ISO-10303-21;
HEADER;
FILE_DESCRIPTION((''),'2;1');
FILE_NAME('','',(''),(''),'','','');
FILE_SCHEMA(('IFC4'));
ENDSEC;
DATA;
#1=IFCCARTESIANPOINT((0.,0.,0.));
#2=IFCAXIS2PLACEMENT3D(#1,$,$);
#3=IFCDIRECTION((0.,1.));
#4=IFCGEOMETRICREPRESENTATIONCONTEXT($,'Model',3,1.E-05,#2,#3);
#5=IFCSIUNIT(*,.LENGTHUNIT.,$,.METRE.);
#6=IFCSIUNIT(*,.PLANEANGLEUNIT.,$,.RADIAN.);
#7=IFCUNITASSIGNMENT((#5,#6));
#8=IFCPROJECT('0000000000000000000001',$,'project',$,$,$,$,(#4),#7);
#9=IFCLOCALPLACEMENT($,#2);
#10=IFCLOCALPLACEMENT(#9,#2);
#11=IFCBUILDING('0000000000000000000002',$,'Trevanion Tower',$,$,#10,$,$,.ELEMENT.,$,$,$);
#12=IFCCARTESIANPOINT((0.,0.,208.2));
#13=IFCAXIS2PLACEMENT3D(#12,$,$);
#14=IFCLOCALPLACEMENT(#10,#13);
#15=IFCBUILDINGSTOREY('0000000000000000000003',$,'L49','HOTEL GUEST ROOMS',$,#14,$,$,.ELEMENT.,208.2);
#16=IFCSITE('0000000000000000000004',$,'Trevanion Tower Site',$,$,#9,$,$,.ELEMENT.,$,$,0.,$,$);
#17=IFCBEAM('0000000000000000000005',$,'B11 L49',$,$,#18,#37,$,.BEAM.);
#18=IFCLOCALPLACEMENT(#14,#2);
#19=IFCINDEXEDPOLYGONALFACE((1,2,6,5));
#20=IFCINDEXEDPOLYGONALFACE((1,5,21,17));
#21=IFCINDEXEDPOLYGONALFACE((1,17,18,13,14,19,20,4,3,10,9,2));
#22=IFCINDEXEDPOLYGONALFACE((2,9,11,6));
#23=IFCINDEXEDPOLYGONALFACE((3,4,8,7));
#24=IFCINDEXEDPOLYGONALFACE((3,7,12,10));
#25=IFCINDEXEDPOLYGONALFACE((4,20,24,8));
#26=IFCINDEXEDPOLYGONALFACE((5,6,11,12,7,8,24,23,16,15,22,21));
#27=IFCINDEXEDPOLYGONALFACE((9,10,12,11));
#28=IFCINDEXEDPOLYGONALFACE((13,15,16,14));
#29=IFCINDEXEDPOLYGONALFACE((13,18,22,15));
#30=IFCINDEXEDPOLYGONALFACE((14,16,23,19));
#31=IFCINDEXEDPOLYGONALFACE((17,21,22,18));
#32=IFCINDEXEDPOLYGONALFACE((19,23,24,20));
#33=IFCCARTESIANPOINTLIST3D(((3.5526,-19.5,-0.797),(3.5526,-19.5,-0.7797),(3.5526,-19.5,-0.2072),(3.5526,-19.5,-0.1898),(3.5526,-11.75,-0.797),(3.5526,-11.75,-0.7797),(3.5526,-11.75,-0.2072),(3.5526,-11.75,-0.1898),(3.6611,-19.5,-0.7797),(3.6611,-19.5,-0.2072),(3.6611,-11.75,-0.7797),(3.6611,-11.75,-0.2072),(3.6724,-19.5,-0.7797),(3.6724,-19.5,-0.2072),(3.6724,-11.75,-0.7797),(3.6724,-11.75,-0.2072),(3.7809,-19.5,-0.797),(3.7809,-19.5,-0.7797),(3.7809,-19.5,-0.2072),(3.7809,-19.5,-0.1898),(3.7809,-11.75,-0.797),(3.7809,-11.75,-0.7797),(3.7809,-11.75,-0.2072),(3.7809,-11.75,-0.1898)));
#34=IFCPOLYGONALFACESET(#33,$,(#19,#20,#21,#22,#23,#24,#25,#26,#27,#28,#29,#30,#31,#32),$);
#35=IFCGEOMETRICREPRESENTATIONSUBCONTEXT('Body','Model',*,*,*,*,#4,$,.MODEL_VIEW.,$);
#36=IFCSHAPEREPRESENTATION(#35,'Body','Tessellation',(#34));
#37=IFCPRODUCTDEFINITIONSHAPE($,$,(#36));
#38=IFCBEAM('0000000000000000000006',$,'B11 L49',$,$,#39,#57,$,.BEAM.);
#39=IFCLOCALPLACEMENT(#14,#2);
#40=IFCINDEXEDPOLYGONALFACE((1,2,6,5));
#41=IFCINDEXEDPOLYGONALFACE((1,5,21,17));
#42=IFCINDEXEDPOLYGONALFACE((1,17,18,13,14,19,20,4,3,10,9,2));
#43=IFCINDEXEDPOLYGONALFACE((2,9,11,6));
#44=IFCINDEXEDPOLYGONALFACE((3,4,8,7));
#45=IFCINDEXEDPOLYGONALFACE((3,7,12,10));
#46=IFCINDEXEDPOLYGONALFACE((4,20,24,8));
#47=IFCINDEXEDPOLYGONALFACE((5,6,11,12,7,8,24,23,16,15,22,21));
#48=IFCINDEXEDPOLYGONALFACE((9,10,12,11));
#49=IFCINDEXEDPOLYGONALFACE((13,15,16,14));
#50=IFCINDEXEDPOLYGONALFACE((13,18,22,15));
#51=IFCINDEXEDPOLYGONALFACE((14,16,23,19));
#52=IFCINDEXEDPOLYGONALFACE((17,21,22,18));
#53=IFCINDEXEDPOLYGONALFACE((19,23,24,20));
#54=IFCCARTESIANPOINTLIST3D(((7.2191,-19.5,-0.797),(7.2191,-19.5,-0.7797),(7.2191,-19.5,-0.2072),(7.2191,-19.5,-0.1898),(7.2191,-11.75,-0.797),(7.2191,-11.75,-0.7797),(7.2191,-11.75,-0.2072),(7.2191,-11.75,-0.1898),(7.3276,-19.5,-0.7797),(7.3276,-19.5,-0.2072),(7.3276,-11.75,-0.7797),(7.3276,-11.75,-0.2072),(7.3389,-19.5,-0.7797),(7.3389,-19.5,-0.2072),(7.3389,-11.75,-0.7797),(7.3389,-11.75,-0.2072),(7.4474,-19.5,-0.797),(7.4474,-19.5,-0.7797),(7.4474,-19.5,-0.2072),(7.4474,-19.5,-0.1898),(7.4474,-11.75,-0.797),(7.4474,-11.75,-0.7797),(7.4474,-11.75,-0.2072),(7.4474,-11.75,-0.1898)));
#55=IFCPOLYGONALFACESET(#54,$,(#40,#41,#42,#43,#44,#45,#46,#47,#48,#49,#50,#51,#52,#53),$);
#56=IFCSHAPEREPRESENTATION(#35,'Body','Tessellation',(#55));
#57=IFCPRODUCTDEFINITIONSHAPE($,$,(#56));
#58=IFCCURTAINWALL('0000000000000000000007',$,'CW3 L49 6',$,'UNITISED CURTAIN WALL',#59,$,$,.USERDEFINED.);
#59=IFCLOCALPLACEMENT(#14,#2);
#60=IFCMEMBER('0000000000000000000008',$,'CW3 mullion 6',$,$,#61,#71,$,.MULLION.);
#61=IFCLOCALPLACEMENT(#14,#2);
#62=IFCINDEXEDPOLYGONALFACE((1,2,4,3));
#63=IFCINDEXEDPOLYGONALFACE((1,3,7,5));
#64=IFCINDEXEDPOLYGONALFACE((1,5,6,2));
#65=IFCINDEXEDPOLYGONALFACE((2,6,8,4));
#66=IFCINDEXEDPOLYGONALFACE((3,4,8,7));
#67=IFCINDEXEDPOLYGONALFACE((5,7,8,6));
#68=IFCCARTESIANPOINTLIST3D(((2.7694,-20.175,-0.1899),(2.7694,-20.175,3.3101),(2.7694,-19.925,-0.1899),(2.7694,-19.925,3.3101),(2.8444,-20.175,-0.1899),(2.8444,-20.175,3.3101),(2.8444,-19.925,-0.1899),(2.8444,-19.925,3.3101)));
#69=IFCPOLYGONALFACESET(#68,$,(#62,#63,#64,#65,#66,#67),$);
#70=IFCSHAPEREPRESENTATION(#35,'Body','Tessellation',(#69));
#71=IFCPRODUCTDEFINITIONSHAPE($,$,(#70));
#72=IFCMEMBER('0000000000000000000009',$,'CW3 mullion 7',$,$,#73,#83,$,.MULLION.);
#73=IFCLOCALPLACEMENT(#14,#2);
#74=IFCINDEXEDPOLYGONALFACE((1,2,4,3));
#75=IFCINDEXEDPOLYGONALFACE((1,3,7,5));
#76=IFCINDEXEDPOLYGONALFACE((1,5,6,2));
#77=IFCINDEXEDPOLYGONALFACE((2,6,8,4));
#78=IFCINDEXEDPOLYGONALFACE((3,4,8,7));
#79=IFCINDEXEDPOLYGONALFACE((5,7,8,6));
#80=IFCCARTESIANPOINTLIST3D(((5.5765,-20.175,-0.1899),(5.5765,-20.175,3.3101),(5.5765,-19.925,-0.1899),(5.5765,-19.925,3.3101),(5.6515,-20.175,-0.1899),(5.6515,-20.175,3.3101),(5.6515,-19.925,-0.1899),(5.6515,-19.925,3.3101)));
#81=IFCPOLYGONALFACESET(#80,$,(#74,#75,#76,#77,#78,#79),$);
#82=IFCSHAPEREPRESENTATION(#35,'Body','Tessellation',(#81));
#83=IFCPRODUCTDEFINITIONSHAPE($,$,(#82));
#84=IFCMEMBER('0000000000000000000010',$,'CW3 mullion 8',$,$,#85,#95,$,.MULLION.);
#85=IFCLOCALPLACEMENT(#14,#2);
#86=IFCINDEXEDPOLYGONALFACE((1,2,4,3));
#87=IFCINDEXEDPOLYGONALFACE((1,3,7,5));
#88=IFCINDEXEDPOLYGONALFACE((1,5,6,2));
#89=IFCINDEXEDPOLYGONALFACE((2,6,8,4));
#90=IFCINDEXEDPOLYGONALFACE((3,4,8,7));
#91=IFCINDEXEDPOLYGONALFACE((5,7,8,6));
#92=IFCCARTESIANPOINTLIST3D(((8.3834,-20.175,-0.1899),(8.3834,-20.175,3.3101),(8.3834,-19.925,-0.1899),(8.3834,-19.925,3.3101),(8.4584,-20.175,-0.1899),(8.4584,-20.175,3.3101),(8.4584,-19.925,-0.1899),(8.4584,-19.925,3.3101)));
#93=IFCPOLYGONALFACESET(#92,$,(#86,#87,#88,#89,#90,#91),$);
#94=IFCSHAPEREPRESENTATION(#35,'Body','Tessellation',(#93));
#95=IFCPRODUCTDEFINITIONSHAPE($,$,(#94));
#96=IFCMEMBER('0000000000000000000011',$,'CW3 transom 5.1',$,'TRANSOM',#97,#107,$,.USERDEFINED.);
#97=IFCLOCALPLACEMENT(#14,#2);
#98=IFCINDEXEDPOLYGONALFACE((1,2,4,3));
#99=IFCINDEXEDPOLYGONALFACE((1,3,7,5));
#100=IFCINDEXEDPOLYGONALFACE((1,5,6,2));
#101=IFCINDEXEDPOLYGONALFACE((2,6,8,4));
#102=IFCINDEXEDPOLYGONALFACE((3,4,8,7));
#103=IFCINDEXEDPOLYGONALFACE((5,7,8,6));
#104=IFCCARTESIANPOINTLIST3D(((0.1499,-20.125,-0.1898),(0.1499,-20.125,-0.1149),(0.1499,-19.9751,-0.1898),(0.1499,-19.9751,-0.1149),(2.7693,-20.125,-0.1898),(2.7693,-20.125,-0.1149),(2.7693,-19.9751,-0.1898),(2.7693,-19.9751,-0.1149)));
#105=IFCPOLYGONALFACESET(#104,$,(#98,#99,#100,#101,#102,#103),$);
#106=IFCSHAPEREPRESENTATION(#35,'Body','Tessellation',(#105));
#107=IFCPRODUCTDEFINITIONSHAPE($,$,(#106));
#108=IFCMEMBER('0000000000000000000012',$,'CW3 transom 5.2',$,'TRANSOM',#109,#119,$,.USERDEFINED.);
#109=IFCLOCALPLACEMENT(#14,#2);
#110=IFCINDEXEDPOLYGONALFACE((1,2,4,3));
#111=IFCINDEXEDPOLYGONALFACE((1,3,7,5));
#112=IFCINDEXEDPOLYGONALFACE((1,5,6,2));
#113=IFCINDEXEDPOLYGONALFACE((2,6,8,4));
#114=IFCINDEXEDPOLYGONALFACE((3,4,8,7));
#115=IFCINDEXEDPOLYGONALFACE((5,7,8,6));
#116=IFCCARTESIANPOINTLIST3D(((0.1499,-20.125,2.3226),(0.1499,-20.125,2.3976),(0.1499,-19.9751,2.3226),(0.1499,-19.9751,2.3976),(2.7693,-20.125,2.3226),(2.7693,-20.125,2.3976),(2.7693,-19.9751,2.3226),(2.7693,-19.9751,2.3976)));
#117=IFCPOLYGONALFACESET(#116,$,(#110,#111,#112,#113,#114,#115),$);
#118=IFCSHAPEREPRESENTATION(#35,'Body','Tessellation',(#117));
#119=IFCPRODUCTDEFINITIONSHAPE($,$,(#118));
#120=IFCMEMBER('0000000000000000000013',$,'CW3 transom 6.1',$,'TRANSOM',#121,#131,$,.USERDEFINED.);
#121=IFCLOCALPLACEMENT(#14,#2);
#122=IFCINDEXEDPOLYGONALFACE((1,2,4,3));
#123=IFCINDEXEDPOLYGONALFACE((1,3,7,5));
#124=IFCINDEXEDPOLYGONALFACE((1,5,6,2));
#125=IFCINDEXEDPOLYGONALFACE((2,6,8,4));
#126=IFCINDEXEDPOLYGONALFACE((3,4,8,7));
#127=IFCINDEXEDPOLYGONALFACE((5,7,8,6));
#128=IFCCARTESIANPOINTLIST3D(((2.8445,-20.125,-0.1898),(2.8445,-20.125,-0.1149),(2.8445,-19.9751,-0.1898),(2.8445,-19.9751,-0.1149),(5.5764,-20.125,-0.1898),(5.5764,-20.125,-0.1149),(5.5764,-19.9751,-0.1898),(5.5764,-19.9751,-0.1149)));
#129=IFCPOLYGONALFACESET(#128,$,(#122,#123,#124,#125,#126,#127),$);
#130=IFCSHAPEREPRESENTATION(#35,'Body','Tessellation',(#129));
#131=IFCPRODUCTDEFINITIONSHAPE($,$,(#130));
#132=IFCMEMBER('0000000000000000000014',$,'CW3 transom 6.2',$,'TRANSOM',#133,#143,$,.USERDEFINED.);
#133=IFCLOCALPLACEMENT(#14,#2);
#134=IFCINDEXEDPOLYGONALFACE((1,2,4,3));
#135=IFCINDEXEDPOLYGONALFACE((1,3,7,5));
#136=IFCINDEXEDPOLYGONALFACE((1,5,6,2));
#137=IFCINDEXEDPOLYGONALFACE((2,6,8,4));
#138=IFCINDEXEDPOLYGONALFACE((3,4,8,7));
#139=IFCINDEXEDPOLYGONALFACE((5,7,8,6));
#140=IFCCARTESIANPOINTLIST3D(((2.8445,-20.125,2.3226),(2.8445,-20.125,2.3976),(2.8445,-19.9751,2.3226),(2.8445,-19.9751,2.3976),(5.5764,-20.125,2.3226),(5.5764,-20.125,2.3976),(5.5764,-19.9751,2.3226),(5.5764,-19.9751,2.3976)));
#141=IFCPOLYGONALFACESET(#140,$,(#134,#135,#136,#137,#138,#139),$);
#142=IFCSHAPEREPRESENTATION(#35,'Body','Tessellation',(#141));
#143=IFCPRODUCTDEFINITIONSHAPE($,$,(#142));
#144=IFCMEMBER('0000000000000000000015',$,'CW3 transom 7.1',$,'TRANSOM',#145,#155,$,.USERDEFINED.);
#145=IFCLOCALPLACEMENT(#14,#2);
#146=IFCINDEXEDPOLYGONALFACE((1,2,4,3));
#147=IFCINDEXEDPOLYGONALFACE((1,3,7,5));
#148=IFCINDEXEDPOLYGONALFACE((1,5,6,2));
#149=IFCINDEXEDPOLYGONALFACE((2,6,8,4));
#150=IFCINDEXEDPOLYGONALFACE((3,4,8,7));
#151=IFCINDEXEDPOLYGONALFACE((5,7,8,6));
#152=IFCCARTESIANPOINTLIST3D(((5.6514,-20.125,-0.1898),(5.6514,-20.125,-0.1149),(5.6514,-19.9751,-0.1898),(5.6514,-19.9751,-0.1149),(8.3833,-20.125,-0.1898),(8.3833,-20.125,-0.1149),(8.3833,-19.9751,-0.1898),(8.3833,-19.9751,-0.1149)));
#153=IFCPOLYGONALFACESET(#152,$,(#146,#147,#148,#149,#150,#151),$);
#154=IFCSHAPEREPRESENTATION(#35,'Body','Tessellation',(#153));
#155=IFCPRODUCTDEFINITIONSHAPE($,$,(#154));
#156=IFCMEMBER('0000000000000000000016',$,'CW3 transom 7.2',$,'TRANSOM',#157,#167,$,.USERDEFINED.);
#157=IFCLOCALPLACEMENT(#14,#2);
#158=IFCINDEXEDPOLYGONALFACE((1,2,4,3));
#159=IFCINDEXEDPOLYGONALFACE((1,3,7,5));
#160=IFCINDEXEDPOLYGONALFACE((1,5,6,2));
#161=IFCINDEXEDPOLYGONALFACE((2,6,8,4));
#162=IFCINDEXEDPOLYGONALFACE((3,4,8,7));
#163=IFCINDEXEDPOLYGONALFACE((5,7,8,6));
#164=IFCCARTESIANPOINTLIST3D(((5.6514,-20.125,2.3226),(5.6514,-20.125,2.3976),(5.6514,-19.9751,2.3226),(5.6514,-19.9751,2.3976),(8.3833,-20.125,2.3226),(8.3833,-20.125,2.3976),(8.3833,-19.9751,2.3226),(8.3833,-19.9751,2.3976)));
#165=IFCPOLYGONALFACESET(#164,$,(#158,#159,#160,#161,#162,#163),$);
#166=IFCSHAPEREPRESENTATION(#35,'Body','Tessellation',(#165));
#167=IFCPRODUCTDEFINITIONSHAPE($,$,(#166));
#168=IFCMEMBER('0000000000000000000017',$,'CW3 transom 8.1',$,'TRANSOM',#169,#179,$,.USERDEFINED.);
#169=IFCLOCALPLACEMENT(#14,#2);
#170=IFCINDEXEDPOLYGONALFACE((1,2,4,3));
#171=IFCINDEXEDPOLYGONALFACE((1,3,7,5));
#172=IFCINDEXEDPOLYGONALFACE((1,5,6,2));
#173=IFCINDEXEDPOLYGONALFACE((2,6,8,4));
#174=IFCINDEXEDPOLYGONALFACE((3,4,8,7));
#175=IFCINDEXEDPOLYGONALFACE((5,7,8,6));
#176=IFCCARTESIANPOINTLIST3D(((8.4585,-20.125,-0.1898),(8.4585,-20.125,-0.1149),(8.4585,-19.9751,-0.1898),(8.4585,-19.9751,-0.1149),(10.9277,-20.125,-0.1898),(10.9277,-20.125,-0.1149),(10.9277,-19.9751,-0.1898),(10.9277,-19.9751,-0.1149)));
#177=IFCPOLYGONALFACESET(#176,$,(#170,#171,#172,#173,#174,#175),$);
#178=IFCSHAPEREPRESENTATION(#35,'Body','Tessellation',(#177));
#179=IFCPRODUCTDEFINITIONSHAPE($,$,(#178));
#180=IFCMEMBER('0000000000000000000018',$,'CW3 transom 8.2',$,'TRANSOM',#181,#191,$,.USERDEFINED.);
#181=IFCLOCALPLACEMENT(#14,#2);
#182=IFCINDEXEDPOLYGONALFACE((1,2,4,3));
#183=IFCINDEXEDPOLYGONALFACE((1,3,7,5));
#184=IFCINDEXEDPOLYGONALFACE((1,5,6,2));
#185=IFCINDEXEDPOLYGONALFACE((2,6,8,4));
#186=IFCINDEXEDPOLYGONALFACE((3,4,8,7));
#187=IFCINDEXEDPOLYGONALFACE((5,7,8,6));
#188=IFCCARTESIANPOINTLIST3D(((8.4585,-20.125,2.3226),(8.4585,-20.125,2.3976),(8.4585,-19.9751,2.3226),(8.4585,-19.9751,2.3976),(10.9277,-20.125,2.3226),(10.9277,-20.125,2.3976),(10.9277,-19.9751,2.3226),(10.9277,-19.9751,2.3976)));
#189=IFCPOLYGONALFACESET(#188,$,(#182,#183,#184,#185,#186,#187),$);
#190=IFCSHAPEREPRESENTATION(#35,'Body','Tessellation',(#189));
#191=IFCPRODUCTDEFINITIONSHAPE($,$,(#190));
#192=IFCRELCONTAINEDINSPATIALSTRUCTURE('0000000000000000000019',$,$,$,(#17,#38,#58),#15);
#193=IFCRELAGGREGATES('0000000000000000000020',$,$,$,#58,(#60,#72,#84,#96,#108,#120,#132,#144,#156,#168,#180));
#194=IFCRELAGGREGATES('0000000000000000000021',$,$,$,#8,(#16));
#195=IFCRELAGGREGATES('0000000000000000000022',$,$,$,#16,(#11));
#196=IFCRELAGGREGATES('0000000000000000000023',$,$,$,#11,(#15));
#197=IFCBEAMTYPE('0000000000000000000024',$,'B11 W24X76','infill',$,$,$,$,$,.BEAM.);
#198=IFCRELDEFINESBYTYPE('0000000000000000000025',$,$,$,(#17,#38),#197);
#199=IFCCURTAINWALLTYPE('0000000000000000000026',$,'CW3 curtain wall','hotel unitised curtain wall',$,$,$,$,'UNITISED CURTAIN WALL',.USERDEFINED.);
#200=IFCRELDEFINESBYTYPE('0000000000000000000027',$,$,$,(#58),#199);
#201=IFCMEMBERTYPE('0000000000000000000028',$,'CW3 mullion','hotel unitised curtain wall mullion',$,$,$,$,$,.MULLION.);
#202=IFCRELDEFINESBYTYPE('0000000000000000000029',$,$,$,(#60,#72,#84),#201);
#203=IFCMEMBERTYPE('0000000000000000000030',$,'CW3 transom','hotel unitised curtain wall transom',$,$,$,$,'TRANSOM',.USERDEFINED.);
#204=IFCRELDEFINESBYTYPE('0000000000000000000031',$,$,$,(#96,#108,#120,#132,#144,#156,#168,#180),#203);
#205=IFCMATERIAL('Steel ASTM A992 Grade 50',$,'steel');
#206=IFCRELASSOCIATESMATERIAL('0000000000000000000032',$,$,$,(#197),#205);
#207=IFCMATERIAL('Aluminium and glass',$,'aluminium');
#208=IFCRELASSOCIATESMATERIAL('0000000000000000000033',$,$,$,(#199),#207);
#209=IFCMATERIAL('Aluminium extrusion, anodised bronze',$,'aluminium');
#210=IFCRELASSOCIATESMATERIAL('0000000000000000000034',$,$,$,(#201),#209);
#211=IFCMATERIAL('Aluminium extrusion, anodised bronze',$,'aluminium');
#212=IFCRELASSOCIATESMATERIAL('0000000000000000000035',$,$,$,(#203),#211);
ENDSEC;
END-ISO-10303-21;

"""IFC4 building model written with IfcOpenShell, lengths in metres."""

from ifc_helpers import new_model, si_unit, direction, frame, origin, origin_2d, place, context, subcontext, project, spatial, rectangle, i_section, extrude, material, material_profile, profile_set, type_object, element, aggregate, save


model = new_model("IFC4")

# Units and contexts
model_context = context("Model", 3, precision=1e-05, world=origin(), true_north=direction((0.0, 1.0)))
body_context = subcontext(model_context, "Body", "Model", "MODEL_VIEW")
ifc_project = project(units=[si_unit("LENGTHUNIT", "METRE"), si_unit("PLANEANGLEUNIT", "RADIAN")], contexts=[model_context])

# Site, building, storey
site_placement = place(None, origin())
site = spatial("IfcSite", under=ifc_project, at=site_placement, Name="Trevanion Tower Site", CompositionType="ELEMENT", RefElevation=0.0)
building_placement = place(site_placement, origin())
building = spatial("IfcBuilding", under=site, at=building_placement, Name="Trevanion Tower", CompositionType="ELEMENT")
storey_placement = place(building_placement, frame((0.0, 0.0, 208.2)))
storey = spatial("IfcBuildingStorey", under=building, at=storey_placement, Name="L49", Description="HOTEL GUEST ROOMS", CompositionType="ELEMENT", Elevation=208.2)

# Beams
ifc_material_1 = material(Name="Steel ASTM A992 Grade 50", Category="steel")
ifc_material_profile_1 = material_profile(ifc_material_1, i_section(OverallWidth=0.2283, OverallDepth=0.6072, WebThickness=0.0112, FlangeThickness=0.0173, at=origin_2d()), Name="W24X76")
ifc_profile_set_1 = profile_set([ifc_material_profile_1], Name="Steel ASTM A992 Grade 50")
beam_type_1 = type_object("IfcBeamType", Name="B11 W24X76", Description="infill", PredefinedType="BEAM", material=ifc_profile_set_1)
for number, where, z_axis, x_axis, name in (
    (1, (3.6667, -11.75, -0.4934), (0.0, -1.0, 0.0), (1.0, 0.0, 0.0), "B11 L49"),
    (2, (7.3333, -11.75, -0.4934), (0.0, -1.0, 0.0), (1.0, 0.0, 0.0), "B11 L49"),
):
    element("IfcBeam", number, at=place(storey_placement, frame(where, z_axis=z_axis, x_axis=x_axis)), inside=storey, type_object=beam_type_1, Name=name, PredefinedType="BEAM", context=body_context, shape_type="SweptSolid", body=[
        extrude(i_section(OverallWidth=0.2283, OverallDepth=0.6072, WebThickness=0.0112, FlangeThickness=0.0173, at=origin_2d()), origin(), (0.0, 0.0, 1.0), 7.75),
    ])

# Curtain wall, members
ifc_material_2 = material(Name="Aluminium and glass", Category="aluminium")
curtain_wall_type = type_object("IfcCurtainWallType", Name="CW3 curtain wall", Description="hotel unitised curtain wall", ElementType="UNITISED CURTAIN WALL", PredefinedType="USERDEFINED", material=ifc_material_2)
curtain_wall_placement = place(storey_placement, origin())
curtain_wall = element("IfcCurtainWall", 3, at=curtain_wall_placement, inside=storey, type_object=curtain_wall_type, Name="CW3 L49 6", ObjectType="UNITISED CURTAIN WALL", PredefinedType="USERDEFINED")
ifc_material_3 = material(Name="Aluminium extrusion, anodised bronze", Category="aluminium")
ifc_material_profile_2 = material_profile(ifc_material_3, rectangle(XDim=0.075, YDim=0.25, at=origin_2d()), Name="CW3 mullion")
ifc_profile_set_2 = profile_set([ifc_material_profile_2], Name="Aluminium extrusion, anodised bronze")
member_type_1 = type_object("IfcMemberType", Name="CW3 mullion", Description="hotel unitised curtain wall mullion", PredefinedType="MULLION", material=ifc_profile_set_2)
member_1_placement = place(storey_placement, frame((2.8069, -20.05, -0.1899), z_axis=(0.0, 0.0, 1.0), x_axis=(1.0, 0.0, 0.0)))
member_1 = element("IfcMember", 4, at=member_1_placement, type_object=member_type_1, Name="CW3 mullion 6", PredefinedType="MULLION", context=body_context, shape_type="SweptSolid", body=[
    extrude(rectangle(XDim=0.075, YDim=0.25, at=origin_2d()), origin(), (0.0, 0.0, 1.0), 3.5),
])
member_2_placement = place(storey_placement, frame((5.614, -20.05, -0.1899), z_axis=(0.0, 0.0, 1.0), x_axis=(1.0, 0.0, 0.0)))
member_2 = element("IfcMember", 5, at=member_2_placement, type_object=member_type_1, Name="CW3 mullion 7", PredefinedType="MULLION", context=body_context, shape_type="SweptSolid", body=[
    extrude(rectangle(XDim=0.075, YDim=0.25, at=origin_2d()), origin(), (0.0, 0.0, 1.0), 3.5),
])
member_3_placement = place(storey_placement, frame((8.4209, -20.05, -0.1899), z_axis=(0.0, 0.0, 1.0), x_axis=(1.0, 0.0, 0.0)))
member_3 = element("IfcMember", 6, at=member_3_placement, type_object=member_type_1, Name="CW3 mullion 8", PredefinedType="MULLION", context=body_context, shape_type="SweptSolid", body=[
    extrude(rectangle(XDim=0.075, YDim=0.25, at=origin_2d()), origin(), (0.0, 0.0, 1.0), 3.5),
])
ifc_material_4 = material(Name="Aluminium extrusion, anodised bronze", Category="aluminium")
ifc_material_profile_3 = material_profile(ifc_material_4, rectangle(XDim=0.1499, YDim=0.075, at=origin_2d()), Name="CW3 transom")
ifc_profile_set_3 = profile_set([ifc_material_profile_3], Name="Aluminium extrusion, anodised bronze")
member_type_2 = type_object("IfcMemberType", Name="CW3 transom", Description="hotel unitised curtain wall transom", ElementType="TRANSOM", PredefinedType="USERDEFINED", material=ifc_profile_set_3)
member_4_placement = place(storey_placement, frame((0.1499, -20.05, -0.1523), z_axis=(1.0, 0.0, 0.0), x_axis=(0.0, 1.0, 0.0)))
member_4 = element("IfcMember", 7, at=member_4_placement, type_object=member_type_2, Name="CW3 transom 5.1", ObjectType="TRANSOM", PredefinedType="USERDEFINED", context=body_context, shape_type="SweptSolid", body=[
    extrude(rectangle(XDim=0.1499, YDim=0.075, at=origin_2d()), origin(), (0.0, 0.0, 1.0), 2.6194),
])
member_5_placement = place(storey_placement, frame((0.1499, -20.05, 2.3601), z_axis=(1.0, 0.0, 0.0), x_axis=(0.0, 1.0, 0.0)))
member_5 = element("IfcMember", 8, at=member_5_placement, type_object=member_type_2, Name="CW3 transom 5.2", ObjectType="TRANSOM", PredefinedType="USERDEFINED", context=body_context, shape_type="SweptSolid", body=[
    extrude(rectangle(XDim=0.1499, YDim=0.075, at=origin_2d()), origin(), (0.0, 0.0, 1.0), 2.6194),
])
member_6_placement = place(storey_placement, frame((2.8445, -20.05, -0.1523), z_axis=(1.0, 0.0, 0.0), x_axis=(0.0, 1.0, 0.0)))
member_6 = element("IfcMember", 9, at=member_6_placement, type_object=member_type_2, Name="CW3 transom 6.1", ObjectType="TRANSOM", PredefinedType="USERDEFINED", context=body_context, shape_type="SweptSolid", body=[
    extrude(rectangle(XDim=0.1499, YDim=0.075, at=origin_2d()), origin(), (0.0, 0.0, 1.0), 2.7319),
])
member_7_placement = place(storey_placement, frame((2.8445, -20.05, 2.3601), z_axis=(1.0, 0.0, 0.0), x_axis=(0.0, 1.0, 0.0)))
member_7 = element("IfcMember", 10, at=member_7_placement, type_object=member_type_2, Name="CW3 transom 6.2", ObjectType="TRANSOM", PredefinedType="USERDEFINED", context=body_context, shape_type="SweptSolid", body=[
    extrude(rectangle(XDim=0.1499, YDim=0.075, at=origin_2d()), origin(), (0.0, 0.0, 1.0), 2.7319),
])
member_8_placement = place(storey_placement, frame((5.6514, -20.05, -0.1523), z_axis=(1.0, 0.0, 0.0), x_axis=(0.0, 1.0, 0.0)))
member_8 = element("IfcMember", 11, at=member_8_placement, type_object=member_type_2, Name="CW3 transom 7.1", ObjectType="TRANSOM", PredefinedType="USERDEFINED", context=body_context, shape_type="SweptSolid", body=[
    extrude(rectangle(XDim=0.1499, YDim=0.075, at=origin_2d()), origin(), (0.0, 0.0, 1.0), 2.7319),
])
member_9_placement = place(storey_placement, frame((5.6514, -20.05, 2.3601), z_axis=(1.0, 0.0, 0.0), x_axis=(0.0, 1.0, 0.0)))
member_9 = element("IfcMember", 12, at=member_9_placement, type_object=member_type_2, Name="CW3 transom 7.2", ObjectType="TRANSOM", PredefinedType="USERDEFINED", context=body_context, shape_type="SweptSolid", body=[
    extrude(rectangle(XDim=0.1499, YDim=0.075, at=origin_2d()), origin(), (0.0, 0.0, 1.0), 2.7319),
])
member_10_placement = place(storey_placement, frame((8.4585, -20.05, -0.1523), z_axis=(1.0, 0.0, 0.0), x_axis=(0.0, 1.0, 0.0)))
member_10 = element("IfcMember", 13, at=member_10_placement, type_object=member_type_2, Name="CW3 transom 8.1", ObjectType="TRANSOM", PredefinedType="USERDEFINED", context=body_context, shape_type="SweptSolid", body=[
    extrude(rectangle(XDim=0.1499, YDim=0.075, at=origin_2d()), origin(), (0.0, 0.0, 1.0), 2.4692),
])
member_11_placement = place(storey_placement, frame((8.4585, -20.05, 2.3601), z_axis=(1.0, 0.0, 0.0), x_axis=(0.0, 1.0, 0.0)))
member_11 = element("IfcMember", 14, at=member_11_placement, type_object=member_type_2, Name="CW3 transom 8.2", ObjectType="TRANSOM", PredefinedType="USERDEFINED", context=body_context, shape_type="SweptSolid", body=[
    extrude(rectangle(XDim=0.1499, YDim=0.075, at=origin_2d()), origin(), (0.0, 0.0, 1.0), 2.4692),
])

aggregate(curtain_wall, [member_1, member_2, member_3, member_4, member_5, member_6, member_7, member_8, member_9, member_10, member_11])

save(model, "model.ifc")
